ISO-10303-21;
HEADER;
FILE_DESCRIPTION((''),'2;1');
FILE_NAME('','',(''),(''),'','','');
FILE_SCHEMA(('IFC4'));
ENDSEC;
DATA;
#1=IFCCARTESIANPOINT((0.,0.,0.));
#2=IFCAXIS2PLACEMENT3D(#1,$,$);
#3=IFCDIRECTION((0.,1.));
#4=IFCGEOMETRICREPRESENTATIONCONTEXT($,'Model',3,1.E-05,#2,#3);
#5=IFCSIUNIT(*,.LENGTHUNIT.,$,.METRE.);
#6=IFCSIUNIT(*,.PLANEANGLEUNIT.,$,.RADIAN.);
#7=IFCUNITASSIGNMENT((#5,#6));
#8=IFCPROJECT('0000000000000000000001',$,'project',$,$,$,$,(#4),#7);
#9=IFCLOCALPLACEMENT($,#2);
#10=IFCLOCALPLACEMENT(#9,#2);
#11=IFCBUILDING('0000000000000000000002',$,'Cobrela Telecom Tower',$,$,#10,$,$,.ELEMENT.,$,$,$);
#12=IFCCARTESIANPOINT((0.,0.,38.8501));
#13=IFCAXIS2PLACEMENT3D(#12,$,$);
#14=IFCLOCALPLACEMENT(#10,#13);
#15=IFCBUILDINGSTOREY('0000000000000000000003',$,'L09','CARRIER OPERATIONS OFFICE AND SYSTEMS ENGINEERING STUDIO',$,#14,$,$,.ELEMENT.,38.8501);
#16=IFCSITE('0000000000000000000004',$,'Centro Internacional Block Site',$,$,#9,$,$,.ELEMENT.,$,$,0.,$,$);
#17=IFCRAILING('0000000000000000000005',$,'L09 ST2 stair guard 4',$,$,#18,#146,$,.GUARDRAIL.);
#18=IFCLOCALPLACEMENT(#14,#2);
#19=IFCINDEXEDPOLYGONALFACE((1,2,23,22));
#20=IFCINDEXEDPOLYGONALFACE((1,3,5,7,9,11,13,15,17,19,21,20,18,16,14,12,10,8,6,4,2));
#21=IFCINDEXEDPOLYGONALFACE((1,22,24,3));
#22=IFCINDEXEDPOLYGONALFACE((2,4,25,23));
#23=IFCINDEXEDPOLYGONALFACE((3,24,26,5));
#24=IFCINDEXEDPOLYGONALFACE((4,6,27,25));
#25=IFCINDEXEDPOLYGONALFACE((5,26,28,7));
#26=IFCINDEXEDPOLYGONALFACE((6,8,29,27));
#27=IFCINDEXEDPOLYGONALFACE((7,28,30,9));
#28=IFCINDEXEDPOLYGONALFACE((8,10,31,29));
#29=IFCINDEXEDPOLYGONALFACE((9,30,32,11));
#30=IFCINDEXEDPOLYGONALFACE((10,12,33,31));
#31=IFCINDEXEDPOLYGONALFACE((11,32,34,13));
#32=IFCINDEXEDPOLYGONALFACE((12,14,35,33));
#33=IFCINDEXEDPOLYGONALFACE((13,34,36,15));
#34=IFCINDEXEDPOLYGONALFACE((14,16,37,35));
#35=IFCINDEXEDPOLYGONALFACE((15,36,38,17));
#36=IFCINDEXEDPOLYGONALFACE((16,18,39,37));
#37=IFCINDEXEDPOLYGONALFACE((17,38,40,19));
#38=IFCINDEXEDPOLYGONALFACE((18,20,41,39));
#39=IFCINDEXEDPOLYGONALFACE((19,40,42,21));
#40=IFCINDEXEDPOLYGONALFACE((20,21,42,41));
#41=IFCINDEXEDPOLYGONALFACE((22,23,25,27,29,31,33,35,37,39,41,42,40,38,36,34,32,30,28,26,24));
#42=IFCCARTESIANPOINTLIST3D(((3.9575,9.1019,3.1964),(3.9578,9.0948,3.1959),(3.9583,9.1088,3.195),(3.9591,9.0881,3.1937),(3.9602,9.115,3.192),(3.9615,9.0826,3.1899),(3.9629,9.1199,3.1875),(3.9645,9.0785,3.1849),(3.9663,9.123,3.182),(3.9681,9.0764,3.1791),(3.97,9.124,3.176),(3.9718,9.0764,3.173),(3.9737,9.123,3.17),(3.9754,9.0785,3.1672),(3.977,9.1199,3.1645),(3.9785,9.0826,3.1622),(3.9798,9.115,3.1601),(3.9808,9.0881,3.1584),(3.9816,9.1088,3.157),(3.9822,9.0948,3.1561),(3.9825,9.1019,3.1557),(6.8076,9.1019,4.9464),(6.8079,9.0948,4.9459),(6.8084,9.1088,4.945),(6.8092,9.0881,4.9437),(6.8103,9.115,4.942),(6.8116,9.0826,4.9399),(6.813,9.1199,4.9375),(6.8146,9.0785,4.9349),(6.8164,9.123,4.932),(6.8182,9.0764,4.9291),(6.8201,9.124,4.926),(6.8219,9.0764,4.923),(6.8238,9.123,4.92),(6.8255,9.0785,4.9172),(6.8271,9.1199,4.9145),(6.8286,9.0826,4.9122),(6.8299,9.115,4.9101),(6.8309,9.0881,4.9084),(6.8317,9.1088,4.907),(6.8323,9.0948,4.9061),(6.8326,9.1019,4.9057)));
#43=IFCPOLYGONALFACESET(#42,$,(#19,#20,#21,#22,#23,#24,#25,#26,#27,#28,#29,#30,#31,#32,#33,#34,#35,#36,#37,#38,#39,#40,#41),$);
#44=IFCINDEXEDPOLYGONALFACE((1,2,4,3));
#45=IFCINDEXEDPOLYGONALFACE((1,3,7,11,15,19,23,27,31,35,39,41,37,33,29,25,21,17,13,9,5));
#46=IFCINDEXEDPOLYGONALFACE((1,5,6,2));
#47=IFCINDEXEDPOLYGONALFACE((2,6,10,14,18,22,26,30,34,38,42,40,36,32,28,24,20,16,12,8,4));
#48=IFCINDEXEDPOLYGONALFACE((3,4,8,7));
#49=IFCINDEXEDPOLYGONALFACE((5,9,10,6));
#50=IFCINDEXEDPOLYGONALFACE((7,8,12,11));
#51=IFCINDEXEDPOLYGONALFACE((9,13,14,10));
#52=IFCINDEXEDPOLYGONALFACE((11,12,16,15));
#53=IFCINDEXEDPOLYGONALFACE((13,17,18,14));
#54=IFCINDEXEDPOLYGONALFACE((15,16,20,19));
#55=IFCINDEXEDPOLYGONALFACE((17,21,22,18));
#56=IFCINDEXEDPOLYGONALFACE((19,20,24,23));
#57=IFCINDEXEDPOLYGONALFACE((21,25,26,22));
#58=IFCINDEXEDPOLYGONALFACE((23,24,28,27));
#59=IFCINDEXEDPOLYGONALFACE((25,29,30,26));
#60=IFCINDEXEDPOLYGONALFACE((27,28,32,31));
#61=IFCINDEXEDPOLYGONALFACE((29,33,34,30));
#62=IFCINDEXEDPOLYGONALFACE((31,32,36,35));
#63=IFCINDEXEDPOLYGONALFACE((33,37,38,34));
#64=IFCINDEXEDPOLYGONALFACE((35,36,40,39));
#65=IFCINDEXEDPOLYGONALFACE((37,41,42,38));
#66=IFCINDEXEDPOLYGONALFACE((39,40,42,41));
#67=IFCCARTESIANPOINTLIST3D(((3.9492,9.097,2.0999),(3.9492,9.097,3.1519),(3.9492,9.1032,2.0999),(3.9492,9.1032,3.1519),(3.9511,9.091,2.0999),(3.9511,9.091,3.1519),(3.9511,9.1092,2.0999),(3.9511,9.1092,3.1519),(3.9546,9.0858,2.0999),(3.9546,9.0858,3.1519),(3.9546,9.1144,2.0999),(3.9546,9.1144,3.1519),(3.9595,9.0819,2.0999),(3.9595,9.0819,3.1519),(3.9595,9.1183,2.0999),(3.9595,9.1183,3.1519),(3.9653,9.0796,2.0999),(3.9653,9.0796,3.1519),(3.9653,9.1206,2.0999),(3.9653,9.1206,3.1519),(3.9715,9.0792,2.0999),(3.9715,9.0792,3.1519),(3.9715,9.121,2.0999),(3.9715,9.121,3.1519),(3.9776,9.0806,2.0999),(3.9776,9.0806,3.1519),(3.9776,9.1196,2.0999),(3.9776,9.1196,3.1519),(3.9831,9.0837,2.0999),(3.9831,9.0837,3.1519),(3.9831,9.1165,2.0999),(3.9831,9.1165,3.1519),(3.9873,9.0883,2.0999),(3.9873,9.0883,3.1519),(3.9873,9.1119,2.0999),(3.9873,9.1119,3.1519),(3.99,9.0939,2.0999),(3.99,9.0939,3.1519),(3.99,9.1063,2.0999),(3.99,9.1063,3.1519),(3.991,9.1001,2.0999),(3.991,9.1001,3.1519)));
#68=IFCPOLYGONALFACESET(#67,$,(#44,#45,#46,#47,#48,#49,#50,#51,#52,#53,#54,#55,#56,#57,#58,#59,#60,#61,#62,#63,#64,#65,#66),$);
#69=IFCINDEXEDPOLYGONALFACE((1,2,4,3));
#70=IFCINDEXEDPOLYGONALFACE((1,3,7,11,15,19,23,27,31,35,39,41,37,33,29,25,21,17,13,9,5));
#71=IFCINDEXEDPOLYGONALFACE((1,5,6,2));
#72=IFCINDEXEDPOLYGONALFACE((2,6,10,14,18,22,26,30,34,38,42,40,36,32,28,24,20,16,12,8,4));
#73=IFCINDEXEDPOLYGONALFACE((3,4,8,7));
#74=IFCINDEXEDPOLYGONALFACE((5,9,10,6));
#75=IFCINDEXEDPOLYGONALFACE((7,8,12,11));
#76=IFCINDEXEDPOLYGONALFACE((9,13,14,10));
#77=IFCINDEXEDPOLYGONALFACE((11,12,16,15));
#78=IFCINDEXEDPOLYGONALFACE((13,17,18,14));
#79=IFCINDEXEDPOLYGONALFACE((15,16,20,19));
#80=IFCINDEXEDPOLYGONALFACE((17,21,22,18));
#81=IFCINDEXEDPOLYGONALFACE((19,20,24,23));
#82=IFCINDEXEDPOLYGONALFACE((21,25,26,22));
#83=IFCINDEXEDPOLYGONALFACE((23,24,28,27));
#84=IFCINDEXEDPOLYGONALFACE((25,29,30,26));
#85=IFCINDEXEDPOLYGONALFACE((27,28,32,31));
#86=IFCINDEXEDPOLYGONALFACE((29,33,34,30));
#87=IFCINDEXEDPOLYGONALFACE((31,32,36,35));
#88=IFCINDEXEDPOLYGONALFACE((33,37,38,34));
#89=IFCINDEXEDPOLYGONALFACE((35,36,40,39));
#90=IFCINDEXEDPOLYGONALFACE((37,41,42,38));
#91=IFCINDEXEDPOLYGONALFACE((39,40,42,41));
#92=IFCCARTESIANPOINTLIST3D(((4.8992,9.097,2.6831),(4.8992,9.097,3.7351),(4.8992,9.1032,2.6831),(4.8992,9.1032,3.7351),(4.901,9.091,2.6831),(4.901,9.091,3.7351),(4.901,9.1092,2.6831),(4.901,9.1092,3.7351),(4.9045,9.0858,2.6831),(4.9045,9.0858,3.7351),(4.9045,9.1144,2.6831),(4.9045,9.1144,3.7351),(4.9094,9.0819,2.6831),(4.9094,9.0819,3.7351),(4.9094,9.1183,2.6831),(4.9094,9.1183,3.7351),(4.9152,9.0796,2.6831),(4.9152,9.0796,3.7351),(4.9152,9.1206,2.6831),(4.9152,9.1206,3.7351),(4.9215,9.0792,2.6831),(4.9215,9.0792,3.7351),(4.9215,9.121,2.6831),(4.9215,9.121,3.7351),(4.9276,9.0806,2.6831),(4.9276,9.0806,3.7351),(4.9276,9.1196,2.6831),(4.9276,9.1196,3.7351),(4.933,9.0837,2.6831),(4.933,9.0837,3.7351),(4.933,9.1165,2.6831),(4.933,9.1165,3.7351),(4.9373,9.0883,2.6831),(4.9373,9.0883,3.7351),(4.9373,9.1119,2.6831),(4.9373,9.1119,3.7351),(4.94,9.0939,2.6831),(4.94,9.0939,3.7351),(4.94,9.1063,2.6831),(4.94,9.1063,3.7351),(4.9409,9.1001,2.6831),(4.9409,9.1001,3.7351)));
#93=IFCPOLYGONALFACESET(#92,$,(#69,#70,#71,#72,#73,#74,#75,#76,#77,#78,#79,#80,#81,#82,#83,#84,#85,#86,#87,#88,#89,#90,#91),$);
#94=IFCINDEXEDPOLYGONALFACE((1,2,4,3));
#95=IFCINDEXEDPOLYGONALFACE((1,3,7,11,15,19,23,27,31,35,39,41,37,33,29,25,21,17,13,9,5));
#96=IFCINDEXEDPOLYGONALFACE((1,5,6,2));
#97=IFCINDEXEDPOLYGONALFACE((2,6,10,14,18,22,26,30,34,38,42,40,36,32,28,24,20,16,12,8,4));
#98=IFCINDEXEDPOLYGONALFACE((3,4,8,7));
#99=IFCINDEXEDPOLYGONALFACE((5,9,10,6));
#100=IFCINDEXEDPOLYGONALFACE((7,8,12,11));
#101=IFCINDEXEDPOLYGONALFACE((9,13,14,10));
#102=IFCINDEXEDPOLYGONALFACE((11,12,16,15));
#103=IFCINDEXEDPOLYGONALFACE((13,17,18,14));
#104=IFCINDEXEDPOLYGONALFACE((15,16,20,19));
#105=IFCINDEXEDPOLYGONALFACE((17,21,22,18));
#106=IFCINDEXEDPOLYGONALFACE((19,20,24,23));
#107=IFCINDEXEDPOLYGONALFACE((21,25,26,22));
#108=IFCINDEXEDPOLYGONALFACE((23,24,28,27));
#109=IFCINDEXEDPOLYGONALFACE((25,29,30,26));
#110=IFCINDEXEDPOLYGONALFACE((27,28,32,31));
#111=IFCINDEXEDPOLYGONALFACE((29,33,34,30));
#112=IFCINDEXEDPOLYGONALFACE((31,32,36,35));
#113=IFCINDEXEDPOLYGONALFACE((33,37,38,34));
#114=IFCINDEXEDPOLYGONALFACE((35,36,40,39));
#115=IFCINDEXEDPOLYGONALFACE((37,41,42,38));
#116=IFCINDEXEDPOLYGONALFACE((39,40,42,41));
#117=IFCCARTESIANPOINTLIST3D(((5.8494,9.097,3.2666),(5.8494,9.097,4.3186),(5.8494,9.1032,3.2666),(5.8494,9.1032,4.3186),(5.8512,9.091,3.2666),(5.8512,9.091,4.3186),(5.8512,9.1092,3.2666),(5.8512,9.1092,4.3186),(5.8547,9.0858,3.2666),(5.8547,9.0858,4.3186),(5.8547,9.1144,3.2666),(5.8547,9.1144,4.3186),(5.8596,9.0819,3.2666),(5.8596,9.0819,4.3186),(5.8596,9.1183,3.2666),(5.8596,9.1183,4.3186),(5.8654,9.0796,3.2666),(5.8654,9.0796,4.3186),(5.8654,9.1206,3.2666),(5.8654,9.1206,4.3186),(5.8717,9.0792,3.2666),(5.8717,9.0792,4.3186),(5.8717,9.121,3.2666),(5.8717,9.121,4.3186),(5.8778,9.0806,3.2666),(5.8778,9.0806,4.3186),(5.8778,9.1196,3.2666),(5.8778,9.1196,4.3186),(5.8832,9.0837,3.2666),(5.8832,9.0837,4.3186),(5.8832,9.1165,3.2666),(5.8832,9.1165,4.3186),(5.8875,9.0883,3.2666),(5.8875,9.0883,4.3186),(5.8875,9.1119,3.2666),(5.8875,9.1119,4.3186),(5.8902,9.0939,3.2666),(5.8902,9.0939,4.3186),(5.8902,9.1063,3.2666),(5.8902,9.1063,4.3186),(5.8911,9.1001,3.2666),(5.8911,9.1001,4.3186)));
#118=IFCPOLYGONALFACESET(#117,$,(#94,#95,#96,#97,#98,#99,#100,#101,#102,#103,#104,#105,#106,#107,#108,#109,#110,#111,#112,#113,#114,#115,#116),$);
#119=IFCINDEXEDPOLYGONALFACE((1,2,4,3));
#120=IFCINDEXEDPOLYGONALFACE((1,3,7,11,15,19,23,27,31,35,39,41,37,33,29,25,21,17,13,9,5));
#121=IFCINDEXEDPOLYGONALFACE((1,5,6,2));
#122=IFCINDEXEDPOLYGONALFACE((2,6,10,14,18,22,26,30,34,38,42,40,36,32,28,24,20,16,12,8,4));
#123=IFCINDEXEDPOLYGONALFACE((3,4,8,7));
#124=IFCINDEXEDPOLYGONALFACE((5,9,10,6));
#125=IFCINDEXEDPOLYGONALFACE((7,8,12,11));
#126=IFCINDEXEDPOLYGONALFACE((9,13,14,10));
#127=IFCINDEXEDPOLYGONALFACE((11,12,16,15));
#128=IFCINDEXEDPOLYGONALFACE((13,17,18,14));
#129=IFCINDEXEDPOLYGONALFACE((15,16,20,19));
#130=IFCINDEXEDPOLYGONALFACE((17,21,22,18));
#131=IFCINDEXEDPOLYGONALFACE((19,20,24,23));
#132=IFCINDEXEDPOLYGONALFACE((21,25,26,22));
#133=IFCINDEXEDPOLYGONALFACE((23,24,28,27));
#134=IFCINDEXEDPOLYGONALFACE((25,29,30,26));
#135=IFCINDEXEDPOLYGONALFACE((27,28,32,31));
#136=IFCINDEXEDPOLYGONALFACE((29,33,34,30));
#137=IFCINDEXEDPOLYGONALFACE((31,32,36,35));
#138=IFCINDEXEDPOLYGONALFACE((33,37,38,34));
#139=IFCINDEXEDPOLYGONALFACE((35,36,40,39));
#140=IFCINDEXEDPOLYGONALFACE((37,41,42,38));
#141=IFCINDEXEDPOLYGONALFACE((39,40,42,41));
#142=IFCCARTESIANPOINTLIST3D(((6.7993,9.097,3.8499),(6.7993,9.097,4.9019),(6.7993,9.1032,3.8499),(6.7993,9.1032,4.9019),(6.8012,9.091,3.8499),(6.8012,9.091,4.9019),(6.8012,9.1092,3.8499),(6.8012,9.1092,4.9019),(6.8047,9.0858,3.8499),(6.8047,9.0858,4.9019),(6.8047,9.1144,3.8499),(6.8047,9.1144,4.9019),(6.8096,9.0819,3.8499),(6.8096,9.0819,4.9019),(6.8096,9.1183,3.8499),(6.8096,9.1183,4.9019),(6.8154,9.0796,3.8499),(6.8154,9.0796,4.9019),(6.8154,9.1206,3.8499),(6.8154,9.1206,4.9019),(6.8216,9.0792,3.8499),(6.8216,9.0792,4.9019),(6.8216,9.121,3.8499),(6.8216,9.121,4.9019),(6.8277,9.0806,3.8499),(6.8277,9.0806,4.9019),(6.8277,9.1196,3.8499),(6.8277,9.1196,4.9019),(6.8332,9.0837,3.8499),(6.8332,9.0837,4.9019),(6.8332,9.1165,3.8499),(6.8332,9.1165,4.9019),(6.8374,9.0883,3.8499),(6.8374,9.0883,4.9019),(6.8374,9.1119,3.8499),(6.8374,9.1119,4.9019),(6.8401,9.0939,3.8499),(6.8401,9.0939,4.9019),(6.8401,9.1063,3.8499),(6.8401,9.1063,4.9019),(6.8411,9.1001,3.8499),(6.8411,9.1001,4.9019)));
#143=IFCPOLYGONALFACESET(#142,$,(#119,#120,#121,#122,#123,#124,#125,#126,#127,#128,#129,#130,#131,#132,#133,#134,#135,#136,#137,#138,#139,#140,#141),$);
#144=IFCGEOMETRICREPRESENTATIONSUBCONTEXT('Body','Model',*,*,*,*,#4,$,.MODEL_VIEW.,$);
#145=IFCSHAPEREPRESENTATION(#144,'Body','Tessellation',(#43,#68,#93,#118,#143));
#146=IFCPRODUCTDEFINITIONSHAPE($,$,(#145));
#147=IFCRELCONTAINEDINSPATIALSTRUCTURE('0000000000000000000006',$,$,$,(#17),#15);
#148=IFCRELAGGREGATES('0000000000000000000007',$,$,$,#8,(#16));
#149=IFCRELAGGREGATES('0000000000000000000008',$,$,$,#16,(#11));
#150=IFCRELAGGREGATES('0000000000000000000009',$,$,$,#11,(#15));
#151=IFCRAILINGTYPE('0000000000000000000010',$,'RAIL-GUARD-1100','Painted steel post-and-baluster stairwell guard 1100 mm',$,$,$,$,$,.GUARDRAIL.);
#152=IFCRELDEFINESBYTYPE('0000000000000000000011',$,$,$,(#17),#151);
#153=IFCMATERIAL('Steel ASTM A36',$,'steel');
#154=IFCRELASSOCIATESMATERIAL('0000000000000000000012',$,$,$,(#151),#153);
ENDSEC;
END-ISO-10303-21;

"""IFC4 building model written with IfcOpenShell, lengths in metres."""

from ifc_helpers import new_model, si_unit, direction, frame, origin, origin_2d, place, context, subcontext, project, spatial, circle, extrude, material, type_object, element, save


model = new_model("IFC4")

# Units and contexts
model_context = context("Model", 3, precision=1e-05, world=origin(), true_north=direction((0.0, 1.0)))
body_context = subcontext(model_context, "Body", "Model", "MODEL_VIEW")
ifc_project = project(units=[si_unit("LENGTHUNIT", "METRE"), si_unit("PLANEANGLEUNIT", "RADIAN")], contexts=[model_context])

# Site, building, storey
site_placement = place(None, origin())
site = spatial("IfcSite", under=ifc_project, at=site_placement, Name="Centro Internacional Block Site", CompositionType="ELEMENT", RefElevation=0.0)
building_placement = place(site_placement, origin())
building = spatial("IfcBuilding", under=site, at=building_placement, Name="Cobrela Telecom Tower", CompositionType="ELEMENT")
storey_placement = place(building_placement, frame((0.0, 0.0, 38.8501)))
storey = spatial("IfcBuildingStorey", under=building, at=storey_placement, Name="L09", Description="CARRIER OPERATIONS OFFICE AND SYSTEMS ENGINEERING STUDIO", CompositionType="ELEMENT", Elevation=38.8501)

# Railing
ifc_material_1 = material(Name="Steel ASTM A36", Category="steel")
railing_type_1 = type_object("IfcRailingType", Name="RAIL-GUARD-1100", Description="Painted steel post-and-baluster stairwell guard 1100 mm", PredefinedType="GUARDRAIL", material=ifc_material_1)
railing_1_placement = place(storey_placement, frame((3.97, 9.1001, 2.0999)))
element("IfcRailing", 1, at=railing_1_placement, inside=storey, type_object=railing_type_1, Name="L09 ST2 stair guard 4", PredefinedType="GUARDRAIL", context=body_context, shape_type="SweptSolid", body=[
    extrude(circle(Radius=0.0239, at=origin_2d()), frame((0.0, 0.0, 1.0762), z_axis=(0.852179, 0.0, 0.52325), x_axis=(0.0, 1.0, 0.0)), (0.0, 0.0, 1.0), 3.3445),
    extrude(circle(Radius=0.021, at=origin_2d()), origin(), (0.0, 0.0, 1.0), 1.052),
    extrude(circle(Radius=0.021, at=origin_2d()), frame((0.95, 0.0, 0.5833)), (0.0, 0.0, 1.0), 1.052),
    extrude(circle(Radius=0.021, at=origin_2d()), frame((1.9001, 0.0, 1.1667)), (0.0, 0.0, 1.0), 1.052),
    extrude(circle(Radius=0.021, at=origin_2d()), frame((2.8501, 0.0, 1.75)), (0.0, 0.0, 1.0), 1.052),
])

save(model, "model.ifc")
